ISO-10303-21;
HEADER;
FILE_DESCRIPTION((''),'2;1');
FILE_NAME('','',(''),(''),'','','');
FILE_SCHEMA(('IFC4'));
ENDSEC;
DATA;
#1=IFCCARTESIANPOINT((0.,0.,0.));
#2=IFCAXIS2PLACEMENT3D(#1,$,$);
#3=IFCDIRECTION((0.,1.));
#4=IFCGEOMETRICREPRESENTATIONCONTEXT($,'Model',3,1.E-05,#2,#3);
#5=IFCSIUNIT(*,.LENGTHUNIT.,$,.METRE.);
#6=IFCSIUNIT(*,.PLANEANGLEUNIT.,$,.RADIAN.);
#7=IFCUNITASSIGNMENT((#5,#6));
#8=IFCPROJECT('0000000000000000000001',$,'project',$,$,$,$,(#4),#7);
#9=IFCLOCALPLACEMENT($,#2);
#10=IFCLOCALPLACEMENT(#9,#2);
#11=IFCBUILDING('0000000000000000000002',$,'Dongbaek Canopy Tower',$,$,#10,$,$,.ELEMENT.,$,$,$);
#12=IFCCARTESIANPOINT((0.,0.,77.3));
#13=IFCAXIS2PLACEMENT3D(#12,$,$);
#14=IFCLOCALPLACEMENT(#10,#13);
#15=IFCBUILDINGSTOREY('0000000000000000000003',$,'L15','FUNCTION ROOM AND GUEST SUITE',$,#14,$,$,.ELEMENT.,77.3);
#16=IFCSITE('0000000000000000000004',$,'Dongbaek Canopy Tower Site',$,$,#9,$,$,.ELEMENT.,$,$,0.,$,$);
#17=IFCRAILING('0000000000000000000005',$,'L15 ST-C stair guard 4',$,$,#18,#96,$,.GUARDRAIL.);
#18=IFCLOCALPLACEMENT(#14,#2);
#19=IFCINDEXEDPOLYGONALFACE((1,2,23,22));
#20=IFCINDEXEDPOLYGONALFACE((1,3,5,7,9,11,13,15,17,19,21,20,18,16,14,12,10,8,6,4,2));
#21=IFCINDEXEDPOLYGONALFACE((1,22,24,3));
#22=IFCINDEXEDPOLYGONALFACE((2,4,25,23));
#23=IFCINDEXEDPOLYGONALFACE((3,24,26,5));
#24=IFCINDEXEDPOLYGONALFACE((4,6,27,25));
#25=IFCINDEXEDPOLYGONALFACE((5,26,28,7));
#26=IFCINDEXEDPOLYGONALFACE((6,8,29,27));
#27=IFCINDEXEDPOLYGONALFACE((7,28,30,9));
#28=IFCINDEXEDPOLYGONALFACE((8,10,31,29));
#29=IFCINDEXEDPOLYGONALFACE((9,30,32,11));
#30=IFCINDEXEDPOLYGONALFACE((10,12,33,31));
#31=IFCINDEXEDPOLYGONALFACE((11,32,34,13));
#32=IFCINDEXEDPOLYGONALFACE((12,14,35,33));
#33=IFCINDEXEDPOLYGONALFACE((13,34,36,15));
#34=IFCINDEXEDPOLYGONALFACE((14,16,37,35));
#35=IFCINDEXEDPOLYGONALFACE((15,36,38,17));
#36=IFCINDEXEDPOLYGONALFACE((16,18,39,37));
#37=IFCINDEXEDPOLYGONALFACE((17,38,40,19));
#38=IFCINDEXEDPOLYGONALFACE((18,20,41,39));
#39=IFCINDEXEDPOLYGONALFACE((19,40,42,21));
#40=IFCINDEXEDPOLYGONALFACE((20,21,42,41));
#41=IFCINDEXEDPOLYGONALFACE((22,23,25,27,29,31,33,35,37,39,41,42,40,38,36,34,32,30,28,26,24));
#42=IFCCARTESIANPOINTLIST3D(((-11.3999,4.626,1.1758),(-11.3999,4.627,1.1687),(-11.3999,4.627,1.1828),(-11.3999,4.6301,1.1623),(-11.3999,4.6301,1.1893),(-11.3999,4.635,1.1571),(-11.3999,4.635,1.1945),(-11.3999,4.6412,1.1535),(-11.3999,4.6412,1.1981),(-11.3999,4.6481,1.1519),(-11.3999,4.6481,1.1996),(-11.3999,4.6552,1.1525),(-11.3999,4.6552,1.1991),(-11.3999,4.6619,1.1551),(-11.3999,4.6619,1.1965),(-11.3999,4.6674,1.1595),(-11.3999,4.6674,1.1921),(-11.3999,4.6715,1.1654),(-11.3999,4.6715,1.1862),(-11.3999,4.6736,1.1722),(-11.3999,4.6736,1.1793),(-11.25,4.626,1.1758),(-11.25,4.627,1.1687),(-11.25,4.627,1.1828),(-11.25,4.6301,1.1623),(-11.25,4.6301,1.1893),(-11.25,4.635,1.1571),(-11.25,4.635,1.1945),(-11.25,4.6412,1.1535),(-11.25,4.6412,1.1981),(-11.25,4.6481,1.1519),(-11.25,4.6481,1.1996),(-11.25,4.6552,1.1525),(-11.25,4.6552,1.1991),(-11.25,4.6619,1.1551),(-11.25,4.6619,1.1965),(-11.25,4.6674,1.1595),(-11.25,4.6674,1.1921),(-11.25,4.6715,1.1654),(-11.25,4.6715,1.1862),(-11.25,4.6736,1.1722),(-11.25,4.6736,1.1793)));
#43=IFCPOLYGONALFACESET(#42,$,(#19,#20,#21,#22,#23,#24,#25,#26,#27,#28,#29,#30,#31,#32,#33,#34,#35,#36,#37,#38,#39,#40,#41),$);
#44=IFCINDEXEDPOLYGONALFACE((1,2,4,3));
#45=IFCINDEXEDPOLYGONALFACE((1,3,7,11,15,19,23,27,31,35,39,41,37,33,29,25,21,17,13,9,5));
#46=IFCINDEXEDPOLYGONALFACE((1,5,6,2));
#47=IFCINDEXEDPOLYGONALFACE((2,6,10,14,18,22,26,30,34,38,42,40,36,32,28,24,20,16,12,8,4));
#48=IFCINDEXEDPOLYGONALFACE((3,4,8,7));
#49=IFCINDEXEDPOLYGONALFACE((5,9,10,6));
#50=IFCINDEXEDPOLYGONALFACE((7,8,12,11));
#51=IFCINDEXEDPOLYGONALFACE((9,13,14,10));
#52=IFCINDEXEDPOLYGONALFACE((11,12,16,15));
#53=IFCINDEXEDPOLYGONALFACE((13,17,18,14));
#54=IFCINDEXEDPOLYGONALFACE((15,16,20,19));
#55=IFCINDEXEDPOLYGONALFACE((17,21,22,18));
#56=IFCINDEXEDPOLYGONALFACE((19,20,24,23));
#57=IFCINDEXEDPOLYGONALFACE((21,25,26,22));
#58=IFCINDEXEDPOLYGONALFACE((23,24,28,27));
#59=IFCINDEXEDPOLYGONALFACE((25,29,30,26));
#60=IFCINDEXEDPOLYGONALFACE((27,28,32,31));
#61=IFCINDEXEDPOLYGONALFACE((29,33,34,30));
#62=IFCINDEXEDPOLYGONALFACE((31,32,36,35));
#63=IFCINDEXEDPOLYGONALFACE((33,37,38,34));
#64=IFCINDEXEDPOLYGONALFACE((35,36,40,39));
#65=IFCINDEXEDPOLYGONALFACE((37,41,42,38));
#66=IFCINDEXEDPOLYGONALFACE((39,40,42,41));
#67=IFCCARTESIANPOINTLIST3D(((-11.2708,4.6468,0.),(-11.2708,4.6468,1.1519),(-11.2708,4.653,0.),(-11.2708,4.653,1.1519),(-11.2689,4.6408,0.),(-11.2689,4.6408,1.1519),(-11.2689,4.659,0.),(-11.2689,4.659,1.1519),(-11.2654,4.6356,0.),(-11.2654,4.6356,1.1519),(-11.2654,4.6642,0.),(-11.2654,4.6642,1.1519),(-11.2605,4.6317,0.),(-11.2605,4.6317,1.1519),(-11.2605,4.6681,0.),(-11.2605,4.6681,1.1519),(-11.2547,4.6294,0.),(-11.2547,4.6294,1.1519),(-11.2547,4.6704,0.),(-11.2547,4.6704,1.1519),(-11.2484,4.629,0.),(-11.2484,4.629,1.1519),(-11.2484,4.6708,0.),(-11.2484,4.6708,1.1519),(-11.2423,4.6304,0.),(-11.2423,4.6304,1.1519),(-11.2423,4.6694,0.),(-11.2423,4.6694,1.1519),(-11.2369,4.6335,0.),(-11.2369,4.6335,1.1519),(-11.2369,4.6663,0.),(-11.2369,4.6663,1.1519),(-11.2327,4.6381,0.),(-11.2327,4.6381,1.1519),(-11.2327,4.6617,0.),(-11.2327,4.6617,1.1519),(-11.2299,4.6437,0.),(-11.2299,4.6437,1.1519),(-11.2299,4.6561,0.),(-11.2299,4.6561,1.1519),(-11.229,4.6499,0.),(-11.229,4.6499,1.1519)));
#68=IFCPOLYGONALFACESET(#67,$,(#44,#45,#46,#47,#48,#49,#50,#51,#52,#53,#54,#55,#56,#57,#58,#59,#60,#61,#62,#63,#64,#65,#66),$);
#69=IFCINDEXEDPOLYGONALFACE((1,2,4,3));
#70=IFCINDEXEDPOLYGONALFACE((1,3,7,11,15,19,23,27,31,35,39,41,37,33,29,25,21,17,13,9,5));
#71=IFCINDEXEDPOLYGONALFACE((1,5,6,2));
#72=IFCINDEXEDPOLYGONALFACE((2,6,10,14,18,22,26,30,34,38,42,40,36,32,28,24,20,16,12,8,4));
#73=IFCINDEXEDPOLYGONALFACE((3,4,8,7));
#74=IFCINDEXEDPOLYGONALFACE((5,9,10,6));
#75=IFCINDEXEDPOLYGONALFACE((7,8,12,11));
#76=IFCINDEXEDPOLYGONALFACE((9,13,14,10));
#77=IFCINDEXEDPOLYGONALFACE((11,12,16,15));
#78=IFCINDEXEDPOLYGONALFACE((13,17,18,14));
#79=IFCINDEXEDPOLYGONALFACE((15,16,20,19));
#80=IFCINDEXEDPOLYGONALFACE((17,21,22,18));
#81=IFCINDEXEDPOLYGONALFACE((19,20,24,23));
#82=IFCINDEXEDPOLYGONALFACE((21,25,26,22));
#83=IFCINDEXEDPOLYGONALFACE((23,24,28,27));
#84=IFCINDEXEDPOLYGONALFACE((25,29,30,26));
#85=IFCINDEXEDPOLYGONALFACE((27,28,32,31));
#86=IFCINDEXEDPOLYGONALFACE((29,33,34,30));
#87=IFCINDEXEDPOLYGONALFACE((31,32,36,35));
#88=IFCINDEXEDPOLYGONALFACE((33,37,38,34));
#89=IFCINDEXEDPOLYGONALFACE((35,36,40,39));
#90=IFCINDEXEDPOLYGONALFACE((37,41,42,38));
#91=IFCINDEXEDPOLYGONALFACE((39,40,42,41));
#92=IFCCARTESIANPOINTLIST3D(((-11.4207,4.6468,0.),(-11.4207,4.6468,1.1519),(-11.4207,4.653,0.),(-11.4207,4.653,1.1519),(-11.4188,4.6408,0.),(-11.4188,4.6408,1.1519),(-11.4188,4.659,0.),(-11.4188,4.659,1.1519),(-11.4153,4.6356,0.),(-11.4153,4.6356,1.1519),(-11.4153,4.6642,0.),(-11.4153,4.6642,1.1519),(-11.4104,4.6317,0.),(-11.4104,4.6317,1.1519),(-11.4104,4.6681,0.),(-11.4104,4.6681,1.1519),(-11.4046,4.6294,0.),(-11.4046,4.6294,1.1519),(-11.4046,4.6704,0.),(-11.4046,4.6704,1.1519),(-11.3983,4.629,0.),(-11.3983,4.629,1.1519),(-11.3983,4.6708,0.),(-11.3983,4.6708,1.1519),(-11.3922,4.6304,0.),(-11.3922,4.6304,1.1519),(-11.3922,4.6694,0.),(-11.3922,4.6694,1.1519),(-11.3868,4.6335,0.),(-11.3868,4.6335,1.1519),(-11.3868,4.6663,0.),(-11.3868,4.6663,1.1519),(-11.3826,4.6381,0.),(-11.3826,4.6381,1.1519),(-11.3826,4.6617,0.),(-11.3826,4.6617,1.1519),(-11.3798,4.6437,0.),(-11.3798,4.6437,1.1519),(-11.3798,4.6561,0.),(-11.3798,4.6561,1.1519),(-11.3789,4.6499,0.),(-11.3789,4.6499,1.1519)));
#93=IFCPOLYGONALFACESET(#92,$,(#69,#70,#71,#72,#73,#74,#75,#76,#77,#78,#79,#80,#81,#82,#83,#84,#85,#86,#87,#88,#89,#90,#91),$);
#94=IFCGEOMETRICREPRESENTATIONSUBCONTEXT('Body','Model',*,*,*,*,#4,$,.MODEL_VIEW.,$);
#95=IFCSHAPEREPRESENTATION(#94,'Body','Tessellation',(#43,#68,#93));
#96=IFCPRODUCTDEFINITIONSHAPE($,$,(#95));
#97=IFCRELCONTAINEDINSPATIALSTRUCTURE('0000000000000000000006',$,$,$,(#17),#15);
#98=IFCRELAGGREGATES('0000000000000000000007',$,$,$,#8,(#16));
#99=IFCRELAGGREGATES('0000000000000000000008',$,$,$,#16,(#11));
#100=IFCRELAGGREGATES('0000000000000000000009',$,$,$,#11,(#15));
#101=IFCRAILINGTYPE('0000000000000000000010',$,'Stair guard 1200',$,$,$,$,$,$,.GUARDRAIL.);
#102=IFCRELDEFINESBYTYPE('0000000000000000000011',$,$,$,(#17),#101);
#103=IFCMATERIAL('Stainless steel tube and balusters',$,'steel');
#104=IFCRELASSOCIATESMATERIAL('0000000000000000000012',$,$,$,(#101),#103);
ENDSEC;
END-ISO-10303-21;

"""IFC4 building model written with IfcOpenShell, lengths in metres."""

from ifc_helpers import new_model, si_unit, direction, frame, origin, origin_2d, place, context, subcontext, project, spatial, circle, extrude, material, type_object, element, save


model = new_model("IFC4")

# Units and contexts
model_context = context("Model", 3, precision=1e-05, world=origin(), true_north=direction((0.0, 1.0)))
body_context = subcontext(model_context, "Body", "Model", "MODEL_VIEW")
ifc_project = project(units=[si_unit("LENGTHUNIT", "METRE"), si_unit("PLANEANGLEUNIT", "RADIAN")], contexts=[model_context])

# Site, building, storey
site_placement = place(None, origin())
site = spatial("IfcSite", under=ifc_project, at=site_placement, Name="Dongbaek Canopy Tower Site", CompositionType="ELEMENT", RefElevation=0.0)
building_placement = place(site_placement, origin())
building = spatial("IfcBuilding", under=site, at=building_placement, Name="Dongbaek Canopy Tower", CompositionType="ELEMENT")
storey_placement = place(building_placement, frame((0.0, 0.0, 77.3)))
storey = spatial("IfcBuildingStorey", under=building, at=storey_placement, Name="L15", Description="FUNCTION ROOM AND GUEST SUITE", CompositionType="ELEMENT", Elevation=77.3)

# Railing
ifc_material_1 = material(Name="Stainless steel tube and balusters", Category="steel")
railing_type_1 = type_object("IfcRailingType", Name="Stair guard 1200", PredefinedType="GUARDRAIL", material=ifc_material_1)
railing_1_placement = place(storey_placement, frame((-11.25, 4.6499, 0.0)))
element("IfcRailing", 1, at=railing_1_placement, inside=storey, type_object=railing_type_1, Name="L15 ST-C stair guard 4", PredefinedType="GUARDRAIL", context=body_context, shape_type="SweptSolid", body=[
    extrude(circle(Radius=0.0239, at=origin_2d()), frame((0.0, 0.0, 1.1758), z_axis=(-1.0, 0.0, 0.0), x_axis=(0.0, -1.0, 0.0)), (0.0, 0.0, 1.0), 0.1499),
    extrude(circle(Radius=0.021, at=origin_2d()), origin(), (0.0, 0.0, 1.0), 1.1519),
    extrude(circle(Radius=0.021, at=origin_2d()), frame((-0.1499, 0.0, 0.0)), (0.0, 0.0, 1.0), 1.1519),
])

save(model, "model.ifc")
